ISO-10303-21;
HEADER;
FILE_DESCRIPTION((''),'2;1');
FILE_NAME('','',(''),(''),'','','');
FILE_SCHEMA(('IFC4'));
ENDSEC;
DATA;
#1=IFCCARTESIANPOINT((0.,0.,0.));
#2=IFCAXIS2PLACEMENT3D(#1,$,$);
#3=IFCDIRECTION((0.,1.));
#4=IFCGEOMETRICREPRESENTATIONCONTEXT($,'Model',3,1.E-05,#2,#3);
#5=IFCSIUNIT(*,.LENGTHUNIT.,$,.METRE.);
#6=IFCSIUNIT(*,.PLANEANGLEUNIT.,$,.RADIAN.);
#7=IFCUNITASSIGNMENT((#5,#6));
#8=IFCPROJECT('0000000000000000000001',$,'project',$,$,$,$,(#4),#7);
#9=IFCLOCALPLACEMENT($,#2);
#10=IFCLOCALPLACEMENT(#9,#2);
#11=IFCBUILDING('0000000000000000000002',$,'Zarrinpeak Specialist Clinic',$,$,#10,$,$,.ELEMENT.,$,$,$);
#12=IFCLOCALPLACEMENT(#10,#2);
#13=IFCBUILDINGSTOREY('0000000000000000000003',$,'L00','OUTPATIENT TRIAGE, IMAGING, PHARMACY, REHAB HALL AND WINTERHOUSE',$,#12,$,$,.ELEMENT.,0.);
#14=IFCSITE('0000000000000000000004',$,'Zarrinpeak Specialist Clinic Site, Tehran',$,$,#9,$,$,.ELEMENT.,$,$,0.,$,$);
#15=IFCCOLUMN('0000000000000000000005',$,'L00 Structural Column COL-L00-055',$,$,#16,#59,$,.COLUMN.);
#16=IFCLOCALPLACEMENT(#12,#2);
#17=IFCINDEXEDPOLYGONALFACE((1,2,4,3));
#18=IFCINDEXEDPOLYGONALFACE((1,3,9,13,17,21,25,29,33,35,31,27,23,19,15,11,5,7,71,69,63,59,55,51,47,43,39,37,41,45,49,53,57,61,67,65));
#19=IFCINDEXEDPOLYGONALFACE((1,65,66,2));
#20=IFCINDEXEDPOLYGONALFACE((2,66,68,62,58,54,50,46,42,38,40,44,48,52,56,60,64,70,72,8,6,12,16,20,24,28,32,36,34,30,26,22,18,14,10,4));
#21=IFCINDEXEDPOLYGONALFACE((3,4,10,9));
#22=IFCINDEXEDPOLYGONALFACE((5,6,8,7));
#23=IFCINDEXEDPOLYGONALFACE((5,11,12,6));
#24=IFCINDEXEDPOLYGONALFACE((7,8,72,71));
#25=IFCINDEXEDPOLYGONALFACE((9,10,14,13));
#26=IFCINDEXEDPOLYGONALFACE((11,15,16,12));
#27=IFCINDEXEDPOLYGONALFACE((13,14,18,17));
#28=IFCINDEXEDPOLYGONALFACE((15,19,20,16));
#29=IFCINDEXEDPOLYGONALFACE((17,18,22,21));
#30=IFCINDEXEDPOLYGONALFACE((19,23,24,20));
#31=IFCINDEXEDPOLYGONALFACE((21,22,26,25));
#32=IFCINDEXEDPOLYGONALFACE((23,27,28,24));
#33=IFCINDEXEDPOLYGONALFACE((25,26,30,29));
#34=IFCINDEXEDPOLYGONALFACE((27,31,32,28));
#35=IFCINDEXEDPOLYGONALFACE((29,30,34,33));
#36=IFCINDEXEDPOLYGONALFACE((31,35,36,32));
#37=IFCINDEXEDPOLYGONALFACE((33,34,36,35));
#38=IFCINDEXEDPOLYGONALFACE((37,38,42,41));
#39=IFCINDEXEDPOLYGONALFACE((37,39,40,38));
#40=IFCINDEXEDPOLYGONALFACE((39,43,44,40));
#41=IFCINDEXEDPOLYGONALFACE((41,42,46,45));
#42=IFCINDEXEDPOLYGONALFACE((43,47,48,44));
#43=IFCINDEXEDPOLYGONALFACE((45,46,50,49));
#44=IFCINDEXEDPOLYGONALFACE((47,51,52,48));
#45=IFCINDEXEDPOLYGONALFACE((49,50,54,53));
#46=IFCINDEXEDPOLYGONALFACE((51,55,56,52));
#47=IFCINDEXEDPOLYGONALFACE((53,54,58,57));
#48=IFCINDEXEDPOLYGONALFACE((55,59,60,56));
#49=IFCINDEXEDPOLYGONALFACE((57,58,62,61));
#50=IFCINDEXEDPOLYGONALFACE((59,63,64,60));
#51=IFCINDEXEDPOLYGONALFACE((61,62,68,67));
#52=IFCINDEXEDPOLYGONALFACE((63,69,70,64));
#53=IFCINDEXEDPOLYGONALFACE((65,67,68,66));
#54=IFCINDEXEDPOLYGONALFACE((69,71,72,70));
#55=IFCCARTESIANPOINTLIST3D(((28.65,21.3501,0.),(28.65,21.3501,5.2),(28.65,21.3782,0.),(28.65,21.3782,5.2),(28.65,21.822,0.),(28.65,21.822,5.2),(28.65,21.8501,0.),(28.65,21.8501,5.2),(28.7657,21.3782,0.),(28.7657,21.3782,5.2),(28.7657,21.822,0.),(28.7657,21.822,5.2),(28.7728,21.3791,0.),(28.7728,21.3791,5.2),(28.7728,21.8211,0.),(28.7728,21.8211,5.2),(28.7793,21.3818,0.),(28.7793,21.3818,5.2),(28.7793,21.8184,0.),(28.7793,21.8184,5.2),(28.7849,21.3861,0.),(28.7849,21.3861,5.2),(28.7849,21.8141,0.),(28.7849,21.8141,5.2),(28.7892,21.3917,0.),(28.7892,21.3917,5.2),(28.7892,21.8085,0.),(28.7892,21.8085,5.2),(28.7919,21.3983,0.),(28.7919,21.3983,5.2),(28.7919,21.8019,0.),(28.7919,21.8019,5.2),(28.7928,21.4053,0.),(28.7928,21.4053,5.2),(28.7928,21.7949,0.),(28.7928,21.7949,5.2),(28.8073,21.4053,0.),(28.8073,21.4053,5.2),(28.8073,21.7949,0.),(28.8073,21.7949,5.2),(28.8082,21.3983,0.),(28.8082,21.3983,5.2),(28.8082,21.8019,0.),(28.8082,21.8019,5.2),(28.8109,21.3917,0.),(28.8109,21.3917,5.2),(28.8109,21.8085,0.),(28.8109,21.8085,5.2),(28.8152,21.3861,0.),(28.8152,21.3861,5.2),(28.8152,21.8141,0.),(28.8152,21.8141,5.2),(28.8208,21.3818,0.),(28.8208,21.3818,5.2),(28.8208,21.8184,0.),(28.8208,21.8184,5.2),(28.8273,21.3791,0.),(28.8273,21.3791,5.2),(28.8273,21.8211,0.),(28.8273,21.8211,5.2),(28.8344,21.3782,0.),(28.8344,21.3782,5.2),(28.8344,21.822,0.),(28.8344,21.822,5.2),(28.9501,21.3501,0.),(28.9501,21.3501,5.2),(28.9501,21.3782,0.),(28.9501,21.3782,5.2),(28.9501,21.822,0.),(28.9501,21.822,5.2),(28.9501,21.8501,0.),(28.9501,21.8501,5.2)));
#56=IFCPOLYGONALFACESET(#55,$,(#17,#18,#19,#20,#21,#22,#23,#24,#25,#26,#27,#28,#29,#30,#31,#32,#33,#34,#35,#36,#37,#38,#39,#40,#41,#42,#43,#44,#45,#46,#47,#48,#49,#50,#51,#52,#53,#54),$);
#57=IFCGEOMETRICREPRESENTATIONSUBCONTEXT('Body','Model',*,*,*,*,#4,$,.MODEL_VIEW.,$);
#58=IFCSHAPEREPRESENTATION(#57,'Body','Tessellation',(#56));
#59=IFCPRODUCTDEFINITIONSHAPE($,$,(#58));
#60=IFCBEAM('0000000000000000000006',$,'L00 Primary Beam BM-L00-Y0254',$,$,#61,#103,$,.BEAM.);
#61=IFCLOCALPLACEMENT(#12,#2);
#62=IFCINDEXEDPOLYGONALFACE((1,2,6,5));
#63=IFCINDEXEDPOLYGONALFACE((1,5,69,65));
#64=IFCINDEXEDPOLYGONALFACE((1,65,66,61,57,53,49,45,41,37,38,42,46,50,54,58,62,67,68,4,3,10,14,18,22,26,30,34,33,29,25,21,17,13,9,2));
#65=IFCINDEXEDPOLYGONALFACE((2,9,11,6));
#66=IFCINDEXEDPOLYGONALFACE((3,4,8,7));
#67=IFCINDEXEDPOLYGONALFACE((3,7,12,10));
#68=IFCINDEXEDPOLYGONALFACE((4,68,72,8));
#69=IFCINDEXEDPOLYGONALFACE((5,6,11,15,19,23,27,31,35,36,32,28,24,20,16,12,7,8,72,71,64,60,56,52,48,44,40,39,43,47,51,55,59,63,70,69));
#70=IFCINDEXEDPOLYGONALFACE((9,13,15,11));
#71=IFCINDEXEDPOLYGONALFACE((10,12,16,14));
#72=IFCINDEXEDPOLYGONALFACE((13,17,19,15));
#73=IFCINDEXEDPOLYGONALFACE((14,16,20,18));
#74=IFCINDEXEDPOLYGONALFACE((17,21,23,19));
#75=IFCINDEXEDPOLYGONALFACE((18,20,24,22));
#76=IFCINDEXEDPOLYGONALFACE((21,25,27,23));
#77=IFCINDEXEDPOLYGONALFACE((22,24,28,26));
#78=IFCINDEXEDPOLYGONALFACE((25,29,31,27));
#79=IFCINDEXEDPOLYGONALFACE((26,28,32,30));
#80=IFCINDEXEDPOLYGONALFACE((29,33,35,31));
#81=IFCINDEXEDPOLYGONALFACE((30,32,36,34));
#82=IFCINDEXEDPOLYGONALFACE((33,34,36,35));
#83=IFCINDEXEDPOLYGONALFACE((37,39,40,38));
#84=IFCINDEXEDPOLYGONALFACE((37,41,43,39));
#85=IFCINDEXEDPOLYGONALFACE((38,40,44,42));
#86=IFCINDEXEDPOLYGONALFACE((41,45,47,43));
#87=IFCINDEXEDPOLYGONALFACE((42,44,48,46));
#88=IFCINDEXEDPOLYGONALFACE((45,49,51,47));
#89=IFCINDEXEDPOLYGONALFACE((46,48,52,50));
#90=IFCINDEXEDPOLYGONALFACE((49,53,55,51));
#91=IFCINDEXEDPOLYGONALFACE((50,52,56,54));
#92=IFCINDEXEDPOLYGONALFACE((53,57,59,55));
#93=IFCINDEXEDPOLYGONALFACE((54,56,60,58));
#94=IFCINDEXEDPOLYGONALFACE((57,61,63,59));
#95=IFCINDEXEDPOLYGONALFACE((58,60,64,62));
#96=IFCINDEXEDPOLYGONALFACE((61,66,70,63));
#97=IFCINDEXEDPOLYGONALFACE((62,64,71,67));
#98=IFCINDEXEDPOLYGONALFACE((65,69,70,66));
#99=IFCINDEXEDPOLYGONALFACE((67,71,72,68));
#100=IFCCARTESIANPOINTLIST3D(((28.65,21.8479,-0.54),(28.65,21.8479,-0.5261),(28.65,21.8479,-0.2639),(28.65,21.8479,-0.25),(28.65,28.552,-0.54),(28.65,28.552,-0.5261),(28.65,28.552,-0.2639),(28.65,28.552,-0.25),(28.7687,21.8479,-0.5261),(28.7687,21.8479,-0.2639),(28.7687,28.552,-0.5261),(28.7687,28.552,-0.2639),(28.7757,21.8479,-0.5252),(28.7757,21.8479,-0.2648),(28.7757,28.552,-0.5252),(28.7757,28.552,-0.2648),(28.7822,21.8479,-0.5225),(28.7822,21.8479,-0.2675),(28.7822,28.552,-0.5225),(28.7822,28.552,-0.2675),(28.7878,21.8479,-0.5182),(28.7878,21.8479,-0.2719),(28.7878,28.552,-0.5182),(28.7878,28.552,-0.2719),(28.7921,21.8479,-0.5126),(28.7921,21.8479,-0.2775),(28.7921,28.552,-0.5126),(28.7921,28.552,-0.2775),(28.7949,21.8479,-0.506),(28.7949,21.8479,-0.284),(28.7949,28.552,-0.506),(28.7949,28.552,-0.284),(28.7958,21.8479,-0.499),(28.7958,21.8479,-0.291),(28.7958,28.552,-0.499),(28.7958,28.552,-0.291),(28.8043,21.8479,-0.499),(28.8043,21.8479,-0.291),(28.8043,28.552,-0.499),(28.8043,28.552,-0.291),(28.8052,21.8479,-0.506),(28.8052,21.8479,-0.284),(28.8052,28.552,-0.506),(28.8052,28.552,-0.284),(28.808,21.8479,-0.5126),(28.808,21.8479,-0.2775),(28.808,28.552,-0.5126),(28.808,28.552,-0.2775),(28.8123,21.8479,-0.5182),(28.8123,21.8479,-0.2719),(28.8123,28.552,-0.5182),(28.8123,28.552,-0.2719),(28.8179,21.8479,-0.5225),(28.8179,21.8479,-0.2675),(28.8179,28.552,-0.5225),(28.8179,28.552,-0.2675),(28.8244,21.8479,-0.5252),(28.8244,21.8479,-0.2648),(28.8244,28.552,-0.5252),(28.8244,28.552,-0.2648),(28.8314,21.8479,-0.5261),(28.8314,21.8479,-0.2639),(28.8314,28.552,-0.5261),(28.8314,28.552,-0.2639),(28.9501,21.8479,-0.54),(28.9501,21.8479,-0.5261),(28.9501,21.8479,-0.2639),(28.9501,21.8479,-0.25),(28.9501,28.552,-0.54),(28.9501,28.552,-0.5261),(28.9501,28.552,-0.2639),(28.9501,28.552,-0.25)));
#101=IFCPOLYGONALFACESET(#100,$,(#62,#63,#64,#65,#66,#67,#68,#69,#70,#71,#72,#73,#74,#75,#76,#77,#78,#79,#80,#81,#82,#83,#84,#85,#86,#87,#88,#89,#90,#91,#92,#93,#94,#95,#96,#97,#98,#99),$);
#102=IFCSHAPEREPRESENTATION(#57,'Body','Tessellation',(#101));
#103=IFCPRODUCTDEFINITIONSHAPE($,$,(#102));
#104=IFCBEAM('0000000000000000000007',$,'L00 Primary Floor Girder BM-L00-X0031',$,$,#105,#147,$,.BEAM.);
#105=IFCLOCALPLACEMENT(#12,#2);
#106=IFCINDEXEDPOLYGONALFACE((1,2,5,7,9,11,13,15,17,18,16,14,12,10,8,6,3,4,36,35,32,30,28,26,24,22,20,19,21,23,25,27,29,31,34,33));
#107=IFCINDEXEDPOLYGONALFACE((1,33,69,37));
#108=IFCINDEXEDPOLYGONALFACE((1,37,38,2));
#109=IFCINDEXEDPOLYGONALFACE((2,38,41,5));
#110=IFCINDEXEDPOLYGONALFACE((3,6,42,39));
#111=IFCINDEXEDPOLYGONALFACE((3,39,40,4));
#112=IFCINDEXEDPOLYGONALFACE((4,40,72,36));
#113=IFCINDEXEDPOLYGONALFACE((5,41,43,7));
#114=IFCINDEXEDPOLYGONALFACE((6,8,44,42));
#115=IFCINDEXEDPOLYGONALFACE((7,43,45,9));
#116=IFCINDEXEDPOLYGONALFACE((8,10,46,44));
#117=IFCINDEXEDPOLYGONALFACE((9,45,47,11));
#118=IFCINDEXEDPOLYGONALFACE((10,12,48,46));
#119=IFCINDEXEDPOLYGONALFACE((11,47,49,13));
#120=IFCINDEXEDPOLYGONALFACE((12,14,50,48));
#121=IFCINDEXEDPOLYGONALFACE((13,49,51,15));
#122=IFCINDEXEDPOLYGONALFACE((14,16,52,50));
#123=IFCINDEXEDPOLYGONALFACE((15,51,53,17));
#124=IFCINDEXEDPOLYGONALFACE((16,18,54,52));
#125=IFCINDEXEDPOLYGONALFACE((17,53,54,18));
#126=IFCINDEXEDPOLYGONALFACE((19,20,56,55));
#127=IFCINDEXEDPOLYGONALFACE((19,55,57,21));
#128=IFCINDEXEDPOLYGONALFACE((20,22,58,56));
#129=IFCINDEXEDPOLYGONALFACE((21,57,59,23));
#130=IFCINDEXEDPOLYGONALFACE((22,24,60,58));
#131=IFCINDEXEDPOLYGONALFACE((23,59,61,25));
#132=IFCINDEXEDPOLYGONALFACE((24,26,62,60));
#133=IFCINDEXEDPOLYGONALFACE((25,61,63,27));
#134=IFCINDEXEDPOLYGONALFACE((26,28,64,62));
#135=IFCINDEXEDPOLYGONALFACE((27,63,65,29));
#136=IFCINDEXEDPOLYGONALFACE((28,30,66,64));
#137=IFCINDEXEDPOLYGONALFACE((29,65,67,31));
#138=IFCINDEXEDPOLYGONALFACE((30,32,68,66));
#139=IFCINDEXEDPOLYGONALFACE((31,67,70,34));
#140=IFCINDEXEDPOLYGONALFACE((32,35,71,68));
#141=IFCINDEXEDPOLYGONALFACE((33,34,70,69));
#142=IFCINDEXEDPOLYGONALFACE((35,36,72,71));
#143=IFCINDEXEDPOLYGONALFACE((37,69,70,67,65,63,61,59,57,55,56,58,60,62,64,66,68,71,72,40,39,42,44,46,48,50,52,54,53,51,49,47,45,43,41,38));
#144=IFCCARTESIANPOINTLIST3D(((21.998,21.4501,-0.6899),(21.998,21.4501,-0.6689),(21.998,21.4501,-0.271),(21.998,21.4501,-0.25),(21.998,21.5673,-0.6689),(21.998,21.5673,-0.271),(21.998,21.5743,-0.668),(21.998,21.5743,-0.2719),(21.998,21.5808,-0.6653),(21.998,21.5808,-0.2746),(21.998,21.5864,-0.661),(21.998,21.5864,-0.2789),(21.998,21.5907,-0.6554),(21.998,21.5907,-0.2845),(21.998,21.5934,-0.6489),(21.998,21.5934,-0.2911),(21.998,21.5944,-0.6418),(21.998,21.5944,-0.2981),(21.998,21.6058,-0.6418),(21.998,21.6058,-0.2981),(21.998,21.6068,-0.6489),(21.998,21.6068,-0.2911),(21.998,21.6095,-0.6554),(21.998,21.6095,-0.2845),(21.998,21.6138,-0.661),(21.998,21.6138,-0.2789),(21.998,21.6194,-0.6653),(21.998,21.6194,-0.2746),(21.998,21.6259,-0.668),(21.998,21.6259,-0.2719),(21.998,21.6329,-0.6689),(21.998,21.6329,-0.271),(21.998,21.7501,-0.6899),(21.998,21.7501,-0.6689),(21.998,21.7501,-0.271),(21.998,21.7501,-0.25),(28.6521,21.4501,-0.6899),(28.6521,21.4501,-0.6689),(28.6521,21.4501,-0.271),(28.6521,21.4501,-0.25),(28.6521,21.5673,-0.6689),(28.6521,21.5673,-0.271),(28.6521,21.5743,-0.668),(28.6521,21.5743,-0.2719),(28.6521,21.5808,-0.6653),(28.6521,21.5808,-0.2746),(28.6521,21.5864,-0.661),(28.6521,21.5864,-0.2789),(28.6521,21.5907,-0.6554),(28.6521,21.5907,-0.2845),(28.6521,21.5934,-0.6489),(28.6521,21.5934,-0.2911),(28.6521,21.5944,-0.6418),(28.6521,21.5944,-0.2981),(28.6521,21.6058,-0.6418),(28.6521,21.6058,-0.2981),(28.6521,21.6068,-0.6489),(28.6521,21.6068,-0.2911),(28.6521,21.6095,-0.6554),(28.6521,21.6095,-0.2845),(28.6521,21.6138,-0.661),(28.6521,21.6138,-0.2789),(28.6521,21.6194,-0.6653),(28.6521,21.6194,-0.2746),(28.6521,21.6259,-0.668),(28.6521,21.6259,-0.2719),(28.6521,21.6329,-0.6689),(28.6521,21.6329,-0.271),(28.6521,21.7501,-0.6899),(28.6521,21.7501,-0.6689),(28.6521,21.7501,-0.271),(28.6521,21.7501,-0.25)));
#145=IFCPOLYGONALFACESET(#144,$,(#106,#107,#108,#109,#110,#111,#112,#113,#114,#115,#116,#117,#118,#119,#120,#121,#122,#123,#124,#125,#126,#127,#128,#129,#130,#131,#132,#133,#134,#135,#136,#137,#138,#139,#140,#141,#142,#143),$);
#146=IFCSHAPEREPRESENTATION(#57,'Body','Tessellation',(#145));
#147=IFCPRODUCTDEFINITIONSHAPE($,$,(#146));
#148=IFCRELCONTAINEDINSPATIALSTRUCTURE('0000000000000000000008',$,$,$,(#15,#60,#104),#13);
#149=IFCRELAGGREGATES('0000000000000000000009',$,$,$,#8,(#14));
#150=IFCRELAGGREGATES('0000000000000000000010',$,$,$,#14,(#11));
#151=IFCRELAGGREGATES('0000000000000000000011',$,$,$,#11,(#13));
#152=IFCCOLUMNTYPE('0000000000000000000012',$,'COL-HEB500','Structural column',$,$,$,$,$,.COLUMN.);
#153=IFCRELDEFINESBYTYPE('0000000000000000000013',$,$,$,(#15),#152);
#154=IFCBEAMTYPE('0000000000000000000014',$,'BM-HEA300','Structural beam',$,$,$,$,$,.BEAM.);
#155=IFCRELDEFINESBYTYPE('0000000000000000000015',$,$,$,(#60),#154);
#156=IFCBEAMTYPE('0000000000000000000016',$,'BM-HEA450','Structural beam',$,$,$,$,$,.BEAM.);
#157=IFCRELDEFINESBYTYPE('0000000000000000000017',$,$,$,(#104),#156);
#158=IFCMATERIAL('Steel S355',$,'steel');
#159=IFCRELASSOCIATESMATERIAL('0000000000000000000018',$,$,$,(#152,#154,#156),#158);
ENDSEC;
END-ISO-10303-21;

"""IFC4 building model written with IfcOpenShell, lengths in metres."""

from ifc_helpers import new_model, si_unit, direction, frame, origin, origin_2d, place, context, subcontext, project, spatial, i_section, extrude, material, material_profile, profile_set, type_object, element, save


model = new_model("IFC4")

# Units and contexts
model_context = context("Model", 3, precision=1e-05, world=origin(), true_north=direction((0.0, 1.0)))
body_context = subcontext(model_context, "Body", "Model", "MODEL_VIEW")
ifc_project = project(units=[si_unit("LENGTHUNIT", "METRE"), si_unit("PLANEANGLEUNIT", "RADIAN")], contexts=[model_context])

# Site, building, storey
site_placement = place(None, origin())
site = spatial("IfcSite", under=ifc_project, at=site_placement, Name="Zarrinpeak Specialist Clinic Site, Tehran", CompositionType="ELEMENT", RefElevation=0.0)
building_placement = place(site_placement, origin())
building = spatial("IfcBuilding", under=site, at=building_placement, Name="Zarrinpeak Specialist Clinic", CompositionType="ELEMENT")
storey_placement = place(building_placement, origin())
storey = spatial("IfcBuildingStorey", under=building, at=storey_placement, Name="L00", Description="OUTPATIENT TRIAGE, IMAGING, PHARMACY, REHAB HALL AND WINTERHOUSE", CompositionType="ELEMENT", Elevation=0.0)

# Column
ifc_material_1 = material(Name="Steel S355", Category="steel")
ifc_material_profile_1 = material_profile(ifc_material_1, i_section(OverallWidth=0.3, OverallDepth=0.5, WebThickness=0.0144, FlangeThickness=0.0281, FilletRadius=0.0271, at=origin_2d()), Name="HEB 500")
ifc_profile_set_1 = profile_set([ifc_material_profile_1], Name="Steel S355")
column_type = type_object("IfcColumnType", Name="COL-HEB500", Description="Structural column", PredefinedType="COLUMN", material=ifc_profile_set_1)
column_placement = place(storey_placement, frame((28.8, 21.6001, 0.0), z_axis=(0.0, 0.0, 1.0), x_axis=(1.0, 0.0, 0.0)))
element("IfcColumn", 1, at=column_placement, inside=storey, type_object=column_type, Name="L00 Structural Column COL-L00-055", PredefinedType="COLUMN", context=body_context, shape_type="SweptSolid", body=[
    extrude(i_section(OverallWidth=0.3, OverallDepth=0.5, WebThickness=0.0144, FlangeThickness=0.0281, FilletRadius=0.0271, at=origin_2d()), origin(), (0.0, 0.0, 1.0), 5.2),
])

# Beams
ifc_material_profile_2 = material_profile(ifc_material_1, i_section(OverallWidth=0.3, OverallDepth=0.29, WebThickness=0.0085, FlangeThickness=0.0139, FilletRadius=0.0271, at=origin_2d()), Name="HEA 300")
ifc_profile_set_2 = profile_set([ifc_material_profile_2], Name="Steel S355")
beam_type_1 = type_object("IfcBeamType", Name="BM-HEA300", Description="Structural beam", PredefinedType="BEAM", material=ifc_profile_set_2)
beam_1_placement = place(storey_placement, frame((28.8, 21.8479, -0.395), z_axis=(0.0, 1.0, 0.0), x_axis=(-1.0, 0.0, 0.0)))
element("IfcBeam", 2, at=beam_1_placement, inside=storey, type_object=beam_type_1, Name="L00 Primary Beam BM-L00-Y0254", PredefinedType="BEAM", context=body_context, shape_type="SweptSolid", body=[
    extrude(i_section(OverallWidth=0.3, OverallDepth=0.29, WebThickness=0.0085, FlangeThickness=0.0139, FilletRadius=0.0271, at=origin_2d()), origin(), (0.0, 0.0, 1.0), 6.7041),
])
ifc_material_profile_3 = material_profile(ifc_material_1, i_section(OverallWidth=0.3, OverallDepth=0.4399, WebThickness=0.0115, FlangeThickness=0.021, FilletRadius=0.0271, at=origin_2d()), Name="HEA 450")
ifc_profile_set_3 = profile_set([ifc_material_profile_3], Name="Steel S355")
beam_type_2 = type_object("IfcBeamType", Name="BM-HEA450", Description="Structural beam", PredefinedType="BEAM", material=ifc_profile_set_3)
beam_2_placement = place(storey_placement, frame((21.998, 21.6001, -0.47), z_axis=(1.0, 0.0, 0.0), x_axis=(0.0, 1.0, 0.0)))
element("IfcBeam", 3, at=beam_2_placement, inside=storey, type_object=beam_type_2, Name="L00 Primary Floor Girder BM-L00-X0031", PredefinedType="BEAM", context=body_context, shape_type="SweptSolid", body=[
    extrude(i_section(OverallWidth=0.3, OverallDepth=0.4399, WebThickness=0.0115, FlangeThickness=0.021, FilletRadius=0.0271, at=origin_2d()), origin(), (0.0, 0.0, 1.0), 6.6541),
])

save(model, "model.ifc")
